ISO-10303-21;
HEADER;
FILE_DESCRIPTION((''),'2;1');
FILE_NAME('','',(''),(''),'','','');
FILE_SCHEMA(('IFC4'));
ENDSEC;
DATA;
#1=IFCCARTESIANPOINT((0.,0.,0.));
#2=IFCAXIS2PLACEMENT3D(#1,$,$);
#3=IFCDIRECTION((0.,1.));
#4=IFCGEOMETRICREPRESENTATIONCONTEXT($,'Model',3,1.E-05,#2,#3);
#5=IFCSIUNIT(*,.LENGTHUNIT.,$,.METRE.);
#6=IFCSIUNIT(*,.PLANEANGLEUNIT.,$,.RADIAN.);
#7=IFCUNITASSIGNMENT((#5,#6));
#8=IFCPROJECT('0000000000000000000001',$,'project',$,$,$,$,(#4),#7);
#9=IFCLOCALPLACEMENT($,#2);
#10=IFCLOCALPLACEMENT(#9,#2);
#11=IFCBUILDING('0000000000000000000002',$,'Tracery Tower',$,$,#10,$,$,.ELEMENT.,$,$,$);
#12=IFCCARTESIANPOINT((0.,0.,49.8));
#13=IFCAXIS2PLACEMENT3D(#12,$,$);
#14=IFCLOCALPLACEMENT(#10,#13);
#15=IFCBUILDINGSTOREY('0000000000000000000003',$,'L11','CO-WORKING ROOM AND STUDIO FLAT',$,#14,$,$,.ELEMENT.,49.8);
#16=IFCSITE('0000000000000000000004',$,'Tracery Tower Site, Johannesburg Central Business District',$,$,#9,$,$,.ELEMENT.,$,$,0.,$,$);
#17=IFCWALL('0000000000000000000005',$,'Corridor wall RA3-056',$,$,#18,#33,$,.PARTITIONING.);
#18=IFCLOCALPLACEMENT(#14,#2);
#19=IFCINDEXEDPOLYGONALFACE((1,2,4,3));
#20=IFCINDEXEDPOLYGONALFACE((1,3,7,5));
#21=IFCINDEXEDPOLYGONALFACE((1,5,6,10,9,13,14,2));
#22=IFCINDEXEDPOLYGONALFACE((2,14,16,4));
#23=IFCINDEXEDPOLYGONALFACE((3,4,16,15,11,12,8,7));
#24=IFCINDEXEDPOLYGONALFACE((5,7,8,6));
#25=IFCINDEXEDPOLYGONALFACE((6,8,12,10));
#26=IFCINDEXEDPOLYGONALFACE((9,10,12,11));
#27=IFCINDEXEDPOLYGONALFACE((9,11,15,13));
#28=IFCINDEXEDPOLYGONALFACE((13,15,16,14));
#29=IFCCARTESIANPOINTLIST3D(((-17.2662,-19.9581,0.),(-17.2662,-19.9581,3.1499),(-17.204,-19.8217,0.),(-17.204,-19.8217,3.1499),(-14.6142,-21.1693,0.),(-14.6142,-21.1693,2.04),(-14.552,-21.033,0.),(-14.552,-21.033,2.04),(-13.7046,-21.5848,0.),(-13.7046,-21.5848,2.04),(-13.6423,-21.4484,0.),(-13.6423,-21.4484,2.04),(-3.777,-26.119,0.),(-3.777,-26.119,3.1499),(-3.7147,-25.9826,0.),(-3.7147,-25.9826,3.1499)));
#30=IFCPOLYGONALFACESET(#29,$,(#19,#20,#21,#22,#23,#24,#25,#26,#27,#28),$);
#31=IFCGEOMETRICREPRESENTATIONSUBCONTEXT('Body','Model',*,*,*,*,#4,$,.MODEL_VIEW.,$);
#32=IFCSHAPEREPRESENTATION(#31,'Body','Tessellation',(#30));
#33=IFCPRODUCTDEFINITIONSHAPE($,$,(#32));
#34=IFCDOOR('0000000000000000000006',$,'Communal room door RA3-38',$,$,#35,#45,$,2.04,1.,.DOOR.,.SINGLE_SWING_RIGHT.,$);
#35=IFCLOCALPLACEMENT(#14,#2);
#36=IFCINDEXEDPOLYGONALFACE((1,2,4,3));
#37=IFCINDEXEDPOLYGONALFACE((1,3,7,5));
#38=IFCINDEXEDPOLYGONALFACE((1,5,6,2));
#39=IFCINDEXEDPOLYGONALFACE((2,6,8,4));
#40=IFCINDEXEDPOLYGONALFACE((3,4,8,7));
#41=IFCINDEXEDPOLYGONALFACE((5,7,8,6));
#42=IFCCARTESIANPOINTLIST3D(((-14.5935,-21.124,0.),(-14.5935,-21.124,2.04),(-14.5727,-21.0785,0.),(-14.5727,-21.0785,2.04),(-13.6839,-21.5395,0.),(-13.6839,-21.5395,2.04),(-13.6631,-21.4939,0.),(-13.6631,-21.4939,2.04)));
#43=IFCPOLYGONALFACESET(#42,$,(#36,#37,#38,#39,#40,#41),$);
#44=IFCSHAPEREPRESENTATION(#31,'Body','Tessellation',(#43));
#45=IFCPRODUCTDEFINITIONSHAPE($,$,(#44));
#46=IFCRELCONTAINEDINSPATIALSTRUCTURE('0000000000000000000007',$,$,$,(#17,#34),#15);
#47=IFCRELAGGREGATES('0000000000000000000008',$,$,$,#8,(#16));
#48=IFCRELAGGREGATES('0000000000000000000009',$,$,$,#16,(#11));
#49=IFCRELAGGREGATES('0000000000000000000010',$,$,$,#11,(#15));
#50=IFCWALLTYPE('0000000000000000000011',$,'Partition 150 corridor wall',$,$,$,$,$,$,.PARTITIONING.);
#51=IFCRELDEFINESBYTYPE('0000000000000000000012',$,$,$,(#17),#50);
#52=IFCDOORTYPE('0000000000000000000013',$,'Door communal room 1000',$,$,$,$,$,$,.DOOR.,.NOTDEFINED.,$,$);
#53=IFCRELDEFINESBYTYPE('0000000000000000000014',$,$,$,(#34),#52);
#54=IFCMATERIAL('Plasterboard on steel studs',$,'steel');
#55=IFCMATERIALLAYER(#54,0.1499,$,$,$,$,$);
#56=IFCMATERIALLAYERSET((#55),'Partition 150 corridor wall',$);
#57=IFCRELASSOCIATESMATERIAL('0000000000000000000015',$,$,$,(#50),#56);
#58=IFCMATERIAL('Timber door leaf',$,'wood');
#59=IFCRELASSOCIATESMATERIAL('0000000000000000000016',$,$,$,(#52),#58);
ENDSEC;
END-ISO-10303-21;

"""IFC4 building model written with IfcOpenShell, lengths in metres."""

from ifc_helpers import new_model, si_unit, direction, frame, frame_2d, origin, place, context, subcontext, project, spatial, rectangle, extrude, material, layer, layer_set, type_object, element, fill, save


model = new_model("IFC4")

# Units and contexts
model_context = context("Model", 3, precision=1e-05, world=origin(), true_north=direction((0.0, 1.0)))
body_context = subcontext(model_context, "Body", "Model", "MODEL_VIEW")
ifc_project = project(units=[si_unit("LENGTHUNIT", "METRE"), si_unit("PLANEANGLEUNIT", "RADIAN")], contexts=[model_context])

# Site, building, storey
site_placement = place(None, origin())
site = spatial("IfcSite", under=ifc_project, at=site_placement, Name="Tracery Tower Site, Johannesburg Central Business District", CompositionType="ELEMENT", RefElevation=0.0)
building_placement = place(site_placement, origin())
building = spatial("IfcBuilding", under=site, at=building_placement, Name="Tracery Tower", CompositionType="ELEMENT")
storey_placement = place(building_placement, frame((0.0, 0.0, 49.8)))
storey = spatial("IfcBuildingStorey", under=building, at=storey_placement, Name="L11", Description="CO-WORKING ROOM AND STUDIO FLAT", CompositionType="ELEMENT", Elevation=49.8)

# Wall, opening, door
ifc_material_1 = material(Name="Plasterboard on steel studs", Category="steel")
ifc_layer_1 = layer(ifc_material_1, 0.1499)
ifc_layer_set_1 = layer_set([ifc_layer_1], Name="Partition 150 corridor wall")
wall_type_1 = type_object("IfcWallType", Name="Partition 150 corridor wall", PredefinedType="PARTITIONING", material=ifc_layer_set_1)
wall_1_placement = place(storey_placement, frame((-17.2351, -19.8899, 0.0), z_axis=(0.0, 0.0, 1.0), x_axis=(0.909618, -0.415446, 0.0)))
wall_1 = element("IfcWall", 1, at=wall_1_placement, inside=storey, type_object=wall_type_1, Name="Corridor wall RA3-056", PredefinedType="PARTITIONING", context=body_context, shape_type="SweptSolid", body=[
    extrude(rectangle(XDim=14.8296, YDim=0.1499, at=frame_2d((7.4148, 0.0))), origin(), (0.0, 0.0, 1.0), 3.1499),
])
opening_1_placement = place(wall_1_placement, frame((2.9155, 0.0, 0.0)))
opening_1 = element("IfcOpeningElement", 2, at=opening_1_placement, cuts=wall_1, PredefinedType="OPENING", context=body_context, shape_type="SweptSolid", body=[
    extrude(rectangle(XDim=1.0, YDim=2.04, at=frame_2d((0.5, 1.02))), frame((0.0, 0.075, 0.0), z_axis=(0.0, -1.0, 0.0), x_axis=(1.0, 0.0, 0.0)), (0.0, 0.0, 1.0), 0.1499),
])
ifc_material_2 = material(Name="Timber door leaf", Category="wood")
door_type_1 = type_object("IfcDoorType", Name="Door communal room 1000", OperationType="NOTDEFINED", PredefinedType="DOOR", material=ifc_material_2)
door_1_placement = place(opening_1_placement, origin())
door_1 = element("IfcDoor", 3, at=door_1_placement, inside=storey, type_object=door_type_1, Name="Communal room door RA3-38", OperationType="SINGLE_SWING_RIGHT", OverallHeight=2.04, OverallWidth=1.0, PredefinedType="DOOR", context=body_context, shape_type="SweptSolid", body=[
    extrude(rectangle(XDim=1.0, YDim=2.04, at=frame_2d((0.5, 1.02))), frame((0.0, 0.0249, 0.0), z_axis=(0.0, -1.0, 0.0), x_axis=(1.0, 0.0, 0.0)), (0.0, 0.0, 1.0), 0.05),
])
fill(opening_1, door_1)

save(model, "model.ifc")
